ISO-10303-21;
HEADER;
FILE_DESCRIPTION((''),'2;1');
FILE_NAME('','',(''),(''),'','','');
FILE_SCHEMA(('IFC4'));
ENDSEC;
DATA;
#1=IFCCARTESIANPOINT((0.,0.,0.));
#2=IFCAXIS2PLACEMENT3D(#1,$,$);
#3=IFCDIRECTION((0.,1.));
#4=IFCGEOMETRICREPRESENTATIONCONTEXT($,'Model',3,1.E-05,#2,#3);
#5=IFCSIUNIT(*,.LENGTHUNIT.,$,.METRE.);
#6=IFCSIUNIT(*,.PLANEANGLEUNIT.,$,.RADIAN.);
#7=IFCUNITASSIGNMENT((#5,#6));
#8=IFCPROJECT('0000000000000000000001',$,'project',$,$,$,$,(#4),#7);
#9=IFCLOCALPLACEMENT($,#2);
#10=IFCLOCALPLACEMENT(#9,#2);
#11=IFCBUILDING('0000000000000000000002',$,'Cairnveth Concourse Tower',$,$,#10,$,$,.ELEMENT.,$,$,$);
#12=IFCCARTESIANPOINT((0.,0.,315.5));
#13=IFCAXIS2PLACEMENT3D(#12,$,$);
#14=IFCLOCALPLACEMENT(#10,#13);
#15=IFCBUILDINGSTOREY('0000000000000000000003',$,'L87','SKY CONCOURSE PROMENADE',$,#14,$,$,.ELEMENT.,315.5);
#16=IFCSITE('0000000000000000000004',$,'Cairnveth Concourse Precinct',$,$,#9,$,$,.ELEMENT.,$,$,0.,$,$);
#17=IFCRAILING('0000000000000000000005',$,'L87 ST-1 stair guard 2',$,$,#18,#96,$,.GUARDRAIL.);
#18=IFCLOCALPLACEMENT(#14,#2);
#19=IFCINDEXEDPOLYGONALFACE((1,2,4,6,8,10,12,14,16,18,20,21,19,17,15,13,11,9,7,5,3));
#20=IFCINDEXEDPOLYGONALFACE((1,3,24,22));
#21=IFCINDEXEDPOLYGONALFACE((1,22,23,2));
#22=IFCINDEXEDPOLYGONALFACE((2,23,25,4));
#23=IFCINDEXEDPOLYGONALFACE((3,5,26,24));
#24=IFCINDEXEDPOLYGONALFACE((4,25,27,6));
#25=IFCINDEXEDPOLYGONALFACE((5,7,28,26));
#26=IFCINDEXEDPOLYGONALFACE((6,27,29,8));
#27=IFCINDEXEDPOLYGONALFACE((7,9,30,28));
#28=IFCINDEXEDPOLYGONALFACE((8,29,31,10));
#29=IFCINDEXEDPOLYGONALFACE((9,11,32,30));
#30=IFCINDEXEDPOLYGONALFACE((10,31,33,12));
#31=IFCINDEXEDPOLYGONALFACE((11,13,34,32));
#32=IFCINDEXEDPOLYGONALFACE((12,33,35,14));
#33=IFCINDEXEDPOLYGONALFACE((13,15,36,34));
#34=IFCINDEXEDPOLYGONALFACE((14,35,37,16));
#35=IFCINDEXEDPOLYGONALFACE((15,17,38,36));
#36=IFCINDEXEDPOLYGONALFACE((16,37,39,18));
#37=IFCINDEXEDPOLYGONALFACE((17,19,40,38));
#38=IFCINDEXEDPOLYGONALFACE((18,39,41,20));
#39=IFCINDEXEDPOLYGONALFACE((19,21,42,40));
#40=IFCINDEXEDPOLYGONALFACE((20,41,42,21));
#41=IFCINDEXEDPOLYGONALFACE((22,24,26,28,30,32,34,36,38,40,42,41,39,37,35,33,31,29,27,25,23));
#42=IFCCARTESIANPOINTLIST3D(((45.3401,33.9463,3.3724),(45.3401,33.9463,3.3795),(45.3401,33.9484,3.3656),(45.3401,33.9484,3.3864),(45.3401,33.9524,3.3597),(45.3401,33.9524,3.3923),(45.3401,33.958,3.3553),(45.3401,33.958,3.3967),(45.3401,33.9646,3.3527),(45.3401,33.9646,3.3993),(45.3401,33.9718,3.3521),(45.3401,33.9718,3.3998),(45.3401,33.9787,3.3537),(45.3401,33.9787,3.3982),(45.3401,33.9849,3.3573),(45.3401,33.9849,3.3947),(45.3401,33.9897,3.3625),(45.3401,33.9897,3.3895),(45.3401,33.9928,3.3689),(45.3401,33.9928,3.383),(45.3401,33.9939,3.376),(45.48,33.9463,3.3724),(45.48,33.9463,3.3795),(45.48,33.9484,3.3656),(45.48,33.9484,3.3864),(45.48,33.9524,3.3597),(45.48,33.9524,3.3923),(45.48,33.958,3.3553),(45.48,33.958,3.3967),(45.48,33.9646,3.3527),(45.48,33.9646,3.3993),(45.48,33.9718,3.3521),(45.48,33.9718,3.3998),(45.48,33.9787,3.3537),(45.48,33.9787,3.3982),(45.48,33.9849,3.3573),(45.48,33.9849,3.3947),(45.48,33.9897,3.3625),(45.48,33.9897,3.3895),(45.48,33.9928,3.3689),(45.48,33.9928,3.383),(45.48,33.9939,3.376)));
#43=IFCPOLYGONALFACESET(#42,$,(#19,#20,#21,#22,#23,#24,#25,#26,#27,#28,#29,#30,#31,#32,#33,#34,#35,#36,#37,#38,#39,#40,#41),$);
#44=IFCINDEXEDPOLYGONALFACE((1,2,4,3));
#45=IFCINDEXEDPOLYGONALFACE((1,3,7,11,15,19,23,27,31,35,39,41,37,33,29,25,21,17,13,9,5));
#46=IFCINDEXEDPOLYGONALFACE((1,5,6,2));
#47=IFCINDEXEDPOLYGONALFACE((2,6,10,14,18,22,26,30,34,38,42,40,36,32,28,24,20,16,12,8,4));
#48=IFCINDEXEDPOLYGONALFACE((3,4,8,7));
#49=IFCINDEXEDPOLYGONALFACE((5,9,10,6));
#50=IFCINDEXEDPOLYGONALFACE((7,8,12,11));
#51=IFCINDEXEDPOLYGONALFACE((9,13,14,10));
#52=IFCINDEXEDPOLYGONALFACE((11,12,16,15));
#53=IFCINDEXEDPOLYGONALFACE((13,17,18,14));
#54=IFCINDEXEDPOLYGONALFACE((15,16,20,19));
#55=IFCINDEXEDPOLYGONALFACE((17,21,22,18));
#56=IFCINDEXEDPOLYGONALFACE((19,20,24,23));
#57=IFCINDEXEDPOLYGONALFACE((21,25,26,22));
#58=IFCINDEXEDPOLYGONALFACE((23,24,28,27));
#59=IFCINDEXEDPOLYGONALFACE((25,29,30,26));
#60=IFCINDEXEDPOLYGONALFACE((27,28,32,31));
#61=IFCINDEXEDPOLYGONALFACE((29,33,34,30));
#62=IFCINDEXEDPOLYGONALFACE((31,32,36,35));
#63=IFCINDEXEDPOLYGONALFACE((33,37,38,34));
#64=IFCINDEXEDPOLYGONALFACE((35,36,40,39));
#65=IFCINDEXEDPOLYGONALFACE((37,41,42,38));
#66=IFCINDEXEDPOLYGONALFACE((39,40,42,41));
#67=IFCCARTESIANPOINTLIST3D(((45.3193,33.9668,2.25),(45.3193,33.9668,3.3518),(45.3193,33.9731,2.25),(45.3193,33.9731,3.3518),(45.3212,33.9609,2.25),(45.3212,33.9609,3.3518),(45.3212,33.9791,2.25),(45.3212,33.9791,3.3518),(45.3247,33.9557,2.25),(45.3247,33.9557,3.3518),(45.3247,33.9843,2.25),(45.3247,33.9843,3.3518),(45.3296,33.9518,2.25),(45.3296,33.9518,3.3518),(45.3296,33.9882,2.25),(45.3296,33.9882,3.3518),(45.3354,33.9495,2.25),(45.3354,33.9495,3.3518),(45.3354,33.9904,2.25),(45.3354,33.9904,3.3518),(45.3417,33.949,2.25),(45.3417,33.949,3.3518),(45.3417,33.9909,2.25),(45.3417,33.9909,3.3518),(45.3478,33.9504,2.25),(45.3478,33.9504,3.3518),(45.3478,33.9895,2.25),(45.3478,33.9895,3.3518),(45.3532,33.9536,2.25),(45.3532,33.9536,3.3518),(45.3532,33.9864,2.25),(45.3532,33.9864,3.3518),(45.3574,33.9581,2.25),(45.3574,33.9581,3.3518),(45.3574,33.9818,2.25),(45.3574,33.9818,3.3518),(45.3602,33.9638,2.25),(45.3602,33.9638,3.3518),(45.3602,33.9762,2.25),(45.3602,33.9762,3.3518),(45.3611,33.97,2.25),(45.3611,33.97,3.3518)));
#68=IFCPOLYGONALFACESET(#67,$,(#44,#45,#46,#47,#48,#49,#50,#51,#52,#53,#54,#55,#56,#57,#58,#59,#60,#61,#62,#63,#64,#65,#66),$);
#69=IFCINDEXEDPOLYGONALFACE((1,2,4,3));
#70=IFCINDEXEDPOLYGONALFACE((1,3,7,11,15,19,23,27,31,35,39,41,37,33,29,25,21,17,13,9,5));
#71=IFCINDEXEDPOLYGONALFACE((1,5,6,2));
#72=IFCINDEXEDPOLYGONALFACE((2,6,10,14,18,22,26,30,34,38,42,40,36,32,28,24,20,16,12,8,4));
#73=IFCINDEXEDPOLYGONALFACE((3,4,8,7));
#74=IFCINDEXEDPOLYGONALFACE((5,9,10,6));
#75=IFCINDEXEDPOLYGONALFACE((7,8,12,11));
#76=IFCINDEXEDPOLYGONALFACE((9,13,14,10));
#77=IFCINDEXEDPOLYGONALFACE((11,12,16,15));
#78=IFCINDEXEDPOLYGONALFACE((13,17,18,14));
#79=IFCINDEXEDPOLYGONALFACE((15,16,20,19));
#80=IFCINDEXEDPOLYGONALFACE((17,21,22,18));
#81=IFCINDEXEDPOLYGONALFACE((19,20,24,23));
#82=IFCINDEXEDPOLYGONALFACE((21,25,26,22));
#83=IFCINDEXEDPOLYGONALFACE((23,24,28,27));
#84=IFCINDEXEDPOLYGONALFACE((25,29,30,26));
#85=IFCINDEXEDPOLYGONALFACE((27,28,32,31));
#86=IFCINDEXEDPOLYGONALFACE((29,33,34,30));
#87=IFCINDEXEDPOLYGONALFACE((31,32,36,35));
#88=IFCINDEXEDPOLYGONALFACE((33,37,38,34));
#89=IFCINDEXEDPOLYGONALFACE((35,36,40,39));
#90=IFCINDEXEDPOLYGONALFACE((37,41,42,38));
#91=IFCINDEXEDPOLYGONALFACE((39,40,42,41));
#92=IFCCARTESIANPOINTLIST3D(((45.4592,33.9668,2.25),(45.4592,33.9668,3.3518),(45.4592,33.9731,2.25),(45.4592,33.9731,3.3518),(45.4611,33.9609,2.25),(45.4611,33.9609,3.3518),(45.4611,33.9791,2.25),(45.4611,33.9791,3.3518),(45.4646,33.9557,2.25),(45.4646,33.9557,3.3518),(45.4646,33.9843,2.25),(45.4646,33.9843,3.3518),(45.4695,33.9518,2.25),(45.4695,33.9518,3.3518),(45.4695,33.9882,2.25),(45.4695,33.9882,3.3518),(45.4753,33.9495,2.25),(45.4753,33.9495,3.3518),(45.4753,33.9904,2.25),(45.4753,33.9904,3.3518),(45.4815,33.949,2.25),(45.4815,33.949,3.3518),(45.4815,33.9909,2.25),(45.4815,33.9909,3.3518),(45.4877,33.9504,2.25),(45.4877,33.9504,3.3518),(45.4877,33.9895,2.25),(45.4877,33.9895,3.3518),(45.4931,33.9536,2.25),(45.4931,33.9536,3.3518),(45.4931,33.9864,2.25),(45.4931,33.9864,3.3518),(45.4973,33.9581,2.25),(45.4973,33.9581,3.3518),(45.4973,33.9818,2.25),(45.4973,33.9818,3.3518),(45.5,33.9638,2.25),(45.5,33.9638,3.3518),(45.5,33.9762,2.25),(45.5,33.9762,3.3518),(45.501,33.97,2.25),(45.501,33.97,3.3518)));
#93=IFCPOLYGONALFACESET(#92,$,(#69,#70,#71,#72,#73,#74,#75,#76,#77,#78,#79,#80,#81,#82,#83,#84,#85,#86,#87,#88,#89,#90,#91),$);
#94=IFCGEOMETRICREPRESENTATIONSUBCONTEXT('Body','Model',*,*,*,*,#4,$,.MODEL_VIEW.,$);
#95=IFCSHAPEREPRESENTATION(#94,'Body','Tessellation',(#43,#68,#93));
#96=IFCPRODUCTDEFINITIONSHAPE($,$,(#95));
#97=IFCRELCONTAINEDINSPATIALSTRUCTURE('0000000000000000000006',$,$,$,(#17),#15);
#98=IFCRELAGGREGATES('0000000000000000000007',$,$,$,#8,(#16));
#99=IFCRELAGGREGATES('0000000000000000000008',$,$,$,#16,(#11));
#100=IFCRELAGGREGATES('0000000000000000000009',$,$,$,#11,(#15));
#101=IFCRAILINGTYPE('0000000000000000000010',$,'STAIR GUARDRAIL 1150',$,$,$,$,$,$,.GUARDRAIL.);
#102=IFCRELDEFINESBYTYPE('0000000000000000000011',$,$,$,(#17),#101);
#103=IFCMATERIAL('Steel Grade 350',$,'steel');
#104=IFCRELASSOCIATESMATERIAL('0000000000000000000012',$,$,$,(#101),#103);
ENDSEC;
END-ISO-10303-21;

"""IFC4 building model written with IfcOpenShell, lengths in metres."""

from ifc_helpers import new_model, si_unit, direction, frame, origin, origin_2d, place, context, subcontext, project, spatial, circle, extrude, material, type_object, element, save


model = new_model("IFC4")

# Units and contexts
model_context = context("Model", 3, precision=1e-05, world=origin(), true_north=direction((0.0, 1.0)))
body_context = subcontext(model_context, "Body", "Model", "MODEL_VIEW")
ifc_project = project(units=[si_unit("LENGTHUNIT", "METRE"), si_unit("PLANEANGLEUNIT", "RADIAN")], contexts=[model_context])

# Site, building, storey
site_placement = place(None, origin())
site = spatial("IfcSite", under=ifc_project, at=site_placement, Name="Cairnveth Concourse Precinct", CompositionType="ELEMENT", RefElevation=0.0)
building_placement = place(site_placement, origin())
building = spatial("IfcBuilding", under=site, at=building_placement, Name="Cairnveth Concourse Tower", CompositionType="ELEMENT")
storey_placement = place(building_placement, frame((0.0, 0.0, 315.5)))
storey = spatial("IfcBuildingStorey", under=building, at=storey_placement, Name="L87", Description="SKY CONCOURSE PROMENADE", CompositionType="ELEMENT", Elevation=315.5)

# Shared definitions
ifc_material_1 = material(Name="Steel Grade 350", Category="steel")

# Railing
railing_type_1 = type_object("IfcRailingType", Name="STAIR GUARDRAIL 1150", PredefinedType="GUARDRAIL", material=ifc_material_1)
railing_1_placement = place(storey_placement, frame((45.3401, 33.97, 2.25)))
element("IfcRailing", 1, at=railing_1_placement, inside=storey, type_object=railing_type_1, Name="L87 ST-1 stair guard 2", PredefinedType="GUARDRAIL", context=body_context, shape_type="SweptSolid", body=[
    extrude(circle(Radius=0.0239, at=origin_2d()), frame((0.0, 0.0, 1.126), z_axis=(1.0, 0.0, 0.0), x_axis=(0.0, 1.0, 0.0)), (0.0, 0.0, 1.0), 0.1399),
    extrude(circle(Radius=0.021, at=origin_2d()), origin(), (0.0, 0.0, 1.0), 1.1018),
    extrude(circle(Radius=0.021, at=origin_2d()), frame((0.1399, 0.0, 0.0)), (0.0, 0.0, 1.0), 1.1018),
])

save(model, "model.ifc")
